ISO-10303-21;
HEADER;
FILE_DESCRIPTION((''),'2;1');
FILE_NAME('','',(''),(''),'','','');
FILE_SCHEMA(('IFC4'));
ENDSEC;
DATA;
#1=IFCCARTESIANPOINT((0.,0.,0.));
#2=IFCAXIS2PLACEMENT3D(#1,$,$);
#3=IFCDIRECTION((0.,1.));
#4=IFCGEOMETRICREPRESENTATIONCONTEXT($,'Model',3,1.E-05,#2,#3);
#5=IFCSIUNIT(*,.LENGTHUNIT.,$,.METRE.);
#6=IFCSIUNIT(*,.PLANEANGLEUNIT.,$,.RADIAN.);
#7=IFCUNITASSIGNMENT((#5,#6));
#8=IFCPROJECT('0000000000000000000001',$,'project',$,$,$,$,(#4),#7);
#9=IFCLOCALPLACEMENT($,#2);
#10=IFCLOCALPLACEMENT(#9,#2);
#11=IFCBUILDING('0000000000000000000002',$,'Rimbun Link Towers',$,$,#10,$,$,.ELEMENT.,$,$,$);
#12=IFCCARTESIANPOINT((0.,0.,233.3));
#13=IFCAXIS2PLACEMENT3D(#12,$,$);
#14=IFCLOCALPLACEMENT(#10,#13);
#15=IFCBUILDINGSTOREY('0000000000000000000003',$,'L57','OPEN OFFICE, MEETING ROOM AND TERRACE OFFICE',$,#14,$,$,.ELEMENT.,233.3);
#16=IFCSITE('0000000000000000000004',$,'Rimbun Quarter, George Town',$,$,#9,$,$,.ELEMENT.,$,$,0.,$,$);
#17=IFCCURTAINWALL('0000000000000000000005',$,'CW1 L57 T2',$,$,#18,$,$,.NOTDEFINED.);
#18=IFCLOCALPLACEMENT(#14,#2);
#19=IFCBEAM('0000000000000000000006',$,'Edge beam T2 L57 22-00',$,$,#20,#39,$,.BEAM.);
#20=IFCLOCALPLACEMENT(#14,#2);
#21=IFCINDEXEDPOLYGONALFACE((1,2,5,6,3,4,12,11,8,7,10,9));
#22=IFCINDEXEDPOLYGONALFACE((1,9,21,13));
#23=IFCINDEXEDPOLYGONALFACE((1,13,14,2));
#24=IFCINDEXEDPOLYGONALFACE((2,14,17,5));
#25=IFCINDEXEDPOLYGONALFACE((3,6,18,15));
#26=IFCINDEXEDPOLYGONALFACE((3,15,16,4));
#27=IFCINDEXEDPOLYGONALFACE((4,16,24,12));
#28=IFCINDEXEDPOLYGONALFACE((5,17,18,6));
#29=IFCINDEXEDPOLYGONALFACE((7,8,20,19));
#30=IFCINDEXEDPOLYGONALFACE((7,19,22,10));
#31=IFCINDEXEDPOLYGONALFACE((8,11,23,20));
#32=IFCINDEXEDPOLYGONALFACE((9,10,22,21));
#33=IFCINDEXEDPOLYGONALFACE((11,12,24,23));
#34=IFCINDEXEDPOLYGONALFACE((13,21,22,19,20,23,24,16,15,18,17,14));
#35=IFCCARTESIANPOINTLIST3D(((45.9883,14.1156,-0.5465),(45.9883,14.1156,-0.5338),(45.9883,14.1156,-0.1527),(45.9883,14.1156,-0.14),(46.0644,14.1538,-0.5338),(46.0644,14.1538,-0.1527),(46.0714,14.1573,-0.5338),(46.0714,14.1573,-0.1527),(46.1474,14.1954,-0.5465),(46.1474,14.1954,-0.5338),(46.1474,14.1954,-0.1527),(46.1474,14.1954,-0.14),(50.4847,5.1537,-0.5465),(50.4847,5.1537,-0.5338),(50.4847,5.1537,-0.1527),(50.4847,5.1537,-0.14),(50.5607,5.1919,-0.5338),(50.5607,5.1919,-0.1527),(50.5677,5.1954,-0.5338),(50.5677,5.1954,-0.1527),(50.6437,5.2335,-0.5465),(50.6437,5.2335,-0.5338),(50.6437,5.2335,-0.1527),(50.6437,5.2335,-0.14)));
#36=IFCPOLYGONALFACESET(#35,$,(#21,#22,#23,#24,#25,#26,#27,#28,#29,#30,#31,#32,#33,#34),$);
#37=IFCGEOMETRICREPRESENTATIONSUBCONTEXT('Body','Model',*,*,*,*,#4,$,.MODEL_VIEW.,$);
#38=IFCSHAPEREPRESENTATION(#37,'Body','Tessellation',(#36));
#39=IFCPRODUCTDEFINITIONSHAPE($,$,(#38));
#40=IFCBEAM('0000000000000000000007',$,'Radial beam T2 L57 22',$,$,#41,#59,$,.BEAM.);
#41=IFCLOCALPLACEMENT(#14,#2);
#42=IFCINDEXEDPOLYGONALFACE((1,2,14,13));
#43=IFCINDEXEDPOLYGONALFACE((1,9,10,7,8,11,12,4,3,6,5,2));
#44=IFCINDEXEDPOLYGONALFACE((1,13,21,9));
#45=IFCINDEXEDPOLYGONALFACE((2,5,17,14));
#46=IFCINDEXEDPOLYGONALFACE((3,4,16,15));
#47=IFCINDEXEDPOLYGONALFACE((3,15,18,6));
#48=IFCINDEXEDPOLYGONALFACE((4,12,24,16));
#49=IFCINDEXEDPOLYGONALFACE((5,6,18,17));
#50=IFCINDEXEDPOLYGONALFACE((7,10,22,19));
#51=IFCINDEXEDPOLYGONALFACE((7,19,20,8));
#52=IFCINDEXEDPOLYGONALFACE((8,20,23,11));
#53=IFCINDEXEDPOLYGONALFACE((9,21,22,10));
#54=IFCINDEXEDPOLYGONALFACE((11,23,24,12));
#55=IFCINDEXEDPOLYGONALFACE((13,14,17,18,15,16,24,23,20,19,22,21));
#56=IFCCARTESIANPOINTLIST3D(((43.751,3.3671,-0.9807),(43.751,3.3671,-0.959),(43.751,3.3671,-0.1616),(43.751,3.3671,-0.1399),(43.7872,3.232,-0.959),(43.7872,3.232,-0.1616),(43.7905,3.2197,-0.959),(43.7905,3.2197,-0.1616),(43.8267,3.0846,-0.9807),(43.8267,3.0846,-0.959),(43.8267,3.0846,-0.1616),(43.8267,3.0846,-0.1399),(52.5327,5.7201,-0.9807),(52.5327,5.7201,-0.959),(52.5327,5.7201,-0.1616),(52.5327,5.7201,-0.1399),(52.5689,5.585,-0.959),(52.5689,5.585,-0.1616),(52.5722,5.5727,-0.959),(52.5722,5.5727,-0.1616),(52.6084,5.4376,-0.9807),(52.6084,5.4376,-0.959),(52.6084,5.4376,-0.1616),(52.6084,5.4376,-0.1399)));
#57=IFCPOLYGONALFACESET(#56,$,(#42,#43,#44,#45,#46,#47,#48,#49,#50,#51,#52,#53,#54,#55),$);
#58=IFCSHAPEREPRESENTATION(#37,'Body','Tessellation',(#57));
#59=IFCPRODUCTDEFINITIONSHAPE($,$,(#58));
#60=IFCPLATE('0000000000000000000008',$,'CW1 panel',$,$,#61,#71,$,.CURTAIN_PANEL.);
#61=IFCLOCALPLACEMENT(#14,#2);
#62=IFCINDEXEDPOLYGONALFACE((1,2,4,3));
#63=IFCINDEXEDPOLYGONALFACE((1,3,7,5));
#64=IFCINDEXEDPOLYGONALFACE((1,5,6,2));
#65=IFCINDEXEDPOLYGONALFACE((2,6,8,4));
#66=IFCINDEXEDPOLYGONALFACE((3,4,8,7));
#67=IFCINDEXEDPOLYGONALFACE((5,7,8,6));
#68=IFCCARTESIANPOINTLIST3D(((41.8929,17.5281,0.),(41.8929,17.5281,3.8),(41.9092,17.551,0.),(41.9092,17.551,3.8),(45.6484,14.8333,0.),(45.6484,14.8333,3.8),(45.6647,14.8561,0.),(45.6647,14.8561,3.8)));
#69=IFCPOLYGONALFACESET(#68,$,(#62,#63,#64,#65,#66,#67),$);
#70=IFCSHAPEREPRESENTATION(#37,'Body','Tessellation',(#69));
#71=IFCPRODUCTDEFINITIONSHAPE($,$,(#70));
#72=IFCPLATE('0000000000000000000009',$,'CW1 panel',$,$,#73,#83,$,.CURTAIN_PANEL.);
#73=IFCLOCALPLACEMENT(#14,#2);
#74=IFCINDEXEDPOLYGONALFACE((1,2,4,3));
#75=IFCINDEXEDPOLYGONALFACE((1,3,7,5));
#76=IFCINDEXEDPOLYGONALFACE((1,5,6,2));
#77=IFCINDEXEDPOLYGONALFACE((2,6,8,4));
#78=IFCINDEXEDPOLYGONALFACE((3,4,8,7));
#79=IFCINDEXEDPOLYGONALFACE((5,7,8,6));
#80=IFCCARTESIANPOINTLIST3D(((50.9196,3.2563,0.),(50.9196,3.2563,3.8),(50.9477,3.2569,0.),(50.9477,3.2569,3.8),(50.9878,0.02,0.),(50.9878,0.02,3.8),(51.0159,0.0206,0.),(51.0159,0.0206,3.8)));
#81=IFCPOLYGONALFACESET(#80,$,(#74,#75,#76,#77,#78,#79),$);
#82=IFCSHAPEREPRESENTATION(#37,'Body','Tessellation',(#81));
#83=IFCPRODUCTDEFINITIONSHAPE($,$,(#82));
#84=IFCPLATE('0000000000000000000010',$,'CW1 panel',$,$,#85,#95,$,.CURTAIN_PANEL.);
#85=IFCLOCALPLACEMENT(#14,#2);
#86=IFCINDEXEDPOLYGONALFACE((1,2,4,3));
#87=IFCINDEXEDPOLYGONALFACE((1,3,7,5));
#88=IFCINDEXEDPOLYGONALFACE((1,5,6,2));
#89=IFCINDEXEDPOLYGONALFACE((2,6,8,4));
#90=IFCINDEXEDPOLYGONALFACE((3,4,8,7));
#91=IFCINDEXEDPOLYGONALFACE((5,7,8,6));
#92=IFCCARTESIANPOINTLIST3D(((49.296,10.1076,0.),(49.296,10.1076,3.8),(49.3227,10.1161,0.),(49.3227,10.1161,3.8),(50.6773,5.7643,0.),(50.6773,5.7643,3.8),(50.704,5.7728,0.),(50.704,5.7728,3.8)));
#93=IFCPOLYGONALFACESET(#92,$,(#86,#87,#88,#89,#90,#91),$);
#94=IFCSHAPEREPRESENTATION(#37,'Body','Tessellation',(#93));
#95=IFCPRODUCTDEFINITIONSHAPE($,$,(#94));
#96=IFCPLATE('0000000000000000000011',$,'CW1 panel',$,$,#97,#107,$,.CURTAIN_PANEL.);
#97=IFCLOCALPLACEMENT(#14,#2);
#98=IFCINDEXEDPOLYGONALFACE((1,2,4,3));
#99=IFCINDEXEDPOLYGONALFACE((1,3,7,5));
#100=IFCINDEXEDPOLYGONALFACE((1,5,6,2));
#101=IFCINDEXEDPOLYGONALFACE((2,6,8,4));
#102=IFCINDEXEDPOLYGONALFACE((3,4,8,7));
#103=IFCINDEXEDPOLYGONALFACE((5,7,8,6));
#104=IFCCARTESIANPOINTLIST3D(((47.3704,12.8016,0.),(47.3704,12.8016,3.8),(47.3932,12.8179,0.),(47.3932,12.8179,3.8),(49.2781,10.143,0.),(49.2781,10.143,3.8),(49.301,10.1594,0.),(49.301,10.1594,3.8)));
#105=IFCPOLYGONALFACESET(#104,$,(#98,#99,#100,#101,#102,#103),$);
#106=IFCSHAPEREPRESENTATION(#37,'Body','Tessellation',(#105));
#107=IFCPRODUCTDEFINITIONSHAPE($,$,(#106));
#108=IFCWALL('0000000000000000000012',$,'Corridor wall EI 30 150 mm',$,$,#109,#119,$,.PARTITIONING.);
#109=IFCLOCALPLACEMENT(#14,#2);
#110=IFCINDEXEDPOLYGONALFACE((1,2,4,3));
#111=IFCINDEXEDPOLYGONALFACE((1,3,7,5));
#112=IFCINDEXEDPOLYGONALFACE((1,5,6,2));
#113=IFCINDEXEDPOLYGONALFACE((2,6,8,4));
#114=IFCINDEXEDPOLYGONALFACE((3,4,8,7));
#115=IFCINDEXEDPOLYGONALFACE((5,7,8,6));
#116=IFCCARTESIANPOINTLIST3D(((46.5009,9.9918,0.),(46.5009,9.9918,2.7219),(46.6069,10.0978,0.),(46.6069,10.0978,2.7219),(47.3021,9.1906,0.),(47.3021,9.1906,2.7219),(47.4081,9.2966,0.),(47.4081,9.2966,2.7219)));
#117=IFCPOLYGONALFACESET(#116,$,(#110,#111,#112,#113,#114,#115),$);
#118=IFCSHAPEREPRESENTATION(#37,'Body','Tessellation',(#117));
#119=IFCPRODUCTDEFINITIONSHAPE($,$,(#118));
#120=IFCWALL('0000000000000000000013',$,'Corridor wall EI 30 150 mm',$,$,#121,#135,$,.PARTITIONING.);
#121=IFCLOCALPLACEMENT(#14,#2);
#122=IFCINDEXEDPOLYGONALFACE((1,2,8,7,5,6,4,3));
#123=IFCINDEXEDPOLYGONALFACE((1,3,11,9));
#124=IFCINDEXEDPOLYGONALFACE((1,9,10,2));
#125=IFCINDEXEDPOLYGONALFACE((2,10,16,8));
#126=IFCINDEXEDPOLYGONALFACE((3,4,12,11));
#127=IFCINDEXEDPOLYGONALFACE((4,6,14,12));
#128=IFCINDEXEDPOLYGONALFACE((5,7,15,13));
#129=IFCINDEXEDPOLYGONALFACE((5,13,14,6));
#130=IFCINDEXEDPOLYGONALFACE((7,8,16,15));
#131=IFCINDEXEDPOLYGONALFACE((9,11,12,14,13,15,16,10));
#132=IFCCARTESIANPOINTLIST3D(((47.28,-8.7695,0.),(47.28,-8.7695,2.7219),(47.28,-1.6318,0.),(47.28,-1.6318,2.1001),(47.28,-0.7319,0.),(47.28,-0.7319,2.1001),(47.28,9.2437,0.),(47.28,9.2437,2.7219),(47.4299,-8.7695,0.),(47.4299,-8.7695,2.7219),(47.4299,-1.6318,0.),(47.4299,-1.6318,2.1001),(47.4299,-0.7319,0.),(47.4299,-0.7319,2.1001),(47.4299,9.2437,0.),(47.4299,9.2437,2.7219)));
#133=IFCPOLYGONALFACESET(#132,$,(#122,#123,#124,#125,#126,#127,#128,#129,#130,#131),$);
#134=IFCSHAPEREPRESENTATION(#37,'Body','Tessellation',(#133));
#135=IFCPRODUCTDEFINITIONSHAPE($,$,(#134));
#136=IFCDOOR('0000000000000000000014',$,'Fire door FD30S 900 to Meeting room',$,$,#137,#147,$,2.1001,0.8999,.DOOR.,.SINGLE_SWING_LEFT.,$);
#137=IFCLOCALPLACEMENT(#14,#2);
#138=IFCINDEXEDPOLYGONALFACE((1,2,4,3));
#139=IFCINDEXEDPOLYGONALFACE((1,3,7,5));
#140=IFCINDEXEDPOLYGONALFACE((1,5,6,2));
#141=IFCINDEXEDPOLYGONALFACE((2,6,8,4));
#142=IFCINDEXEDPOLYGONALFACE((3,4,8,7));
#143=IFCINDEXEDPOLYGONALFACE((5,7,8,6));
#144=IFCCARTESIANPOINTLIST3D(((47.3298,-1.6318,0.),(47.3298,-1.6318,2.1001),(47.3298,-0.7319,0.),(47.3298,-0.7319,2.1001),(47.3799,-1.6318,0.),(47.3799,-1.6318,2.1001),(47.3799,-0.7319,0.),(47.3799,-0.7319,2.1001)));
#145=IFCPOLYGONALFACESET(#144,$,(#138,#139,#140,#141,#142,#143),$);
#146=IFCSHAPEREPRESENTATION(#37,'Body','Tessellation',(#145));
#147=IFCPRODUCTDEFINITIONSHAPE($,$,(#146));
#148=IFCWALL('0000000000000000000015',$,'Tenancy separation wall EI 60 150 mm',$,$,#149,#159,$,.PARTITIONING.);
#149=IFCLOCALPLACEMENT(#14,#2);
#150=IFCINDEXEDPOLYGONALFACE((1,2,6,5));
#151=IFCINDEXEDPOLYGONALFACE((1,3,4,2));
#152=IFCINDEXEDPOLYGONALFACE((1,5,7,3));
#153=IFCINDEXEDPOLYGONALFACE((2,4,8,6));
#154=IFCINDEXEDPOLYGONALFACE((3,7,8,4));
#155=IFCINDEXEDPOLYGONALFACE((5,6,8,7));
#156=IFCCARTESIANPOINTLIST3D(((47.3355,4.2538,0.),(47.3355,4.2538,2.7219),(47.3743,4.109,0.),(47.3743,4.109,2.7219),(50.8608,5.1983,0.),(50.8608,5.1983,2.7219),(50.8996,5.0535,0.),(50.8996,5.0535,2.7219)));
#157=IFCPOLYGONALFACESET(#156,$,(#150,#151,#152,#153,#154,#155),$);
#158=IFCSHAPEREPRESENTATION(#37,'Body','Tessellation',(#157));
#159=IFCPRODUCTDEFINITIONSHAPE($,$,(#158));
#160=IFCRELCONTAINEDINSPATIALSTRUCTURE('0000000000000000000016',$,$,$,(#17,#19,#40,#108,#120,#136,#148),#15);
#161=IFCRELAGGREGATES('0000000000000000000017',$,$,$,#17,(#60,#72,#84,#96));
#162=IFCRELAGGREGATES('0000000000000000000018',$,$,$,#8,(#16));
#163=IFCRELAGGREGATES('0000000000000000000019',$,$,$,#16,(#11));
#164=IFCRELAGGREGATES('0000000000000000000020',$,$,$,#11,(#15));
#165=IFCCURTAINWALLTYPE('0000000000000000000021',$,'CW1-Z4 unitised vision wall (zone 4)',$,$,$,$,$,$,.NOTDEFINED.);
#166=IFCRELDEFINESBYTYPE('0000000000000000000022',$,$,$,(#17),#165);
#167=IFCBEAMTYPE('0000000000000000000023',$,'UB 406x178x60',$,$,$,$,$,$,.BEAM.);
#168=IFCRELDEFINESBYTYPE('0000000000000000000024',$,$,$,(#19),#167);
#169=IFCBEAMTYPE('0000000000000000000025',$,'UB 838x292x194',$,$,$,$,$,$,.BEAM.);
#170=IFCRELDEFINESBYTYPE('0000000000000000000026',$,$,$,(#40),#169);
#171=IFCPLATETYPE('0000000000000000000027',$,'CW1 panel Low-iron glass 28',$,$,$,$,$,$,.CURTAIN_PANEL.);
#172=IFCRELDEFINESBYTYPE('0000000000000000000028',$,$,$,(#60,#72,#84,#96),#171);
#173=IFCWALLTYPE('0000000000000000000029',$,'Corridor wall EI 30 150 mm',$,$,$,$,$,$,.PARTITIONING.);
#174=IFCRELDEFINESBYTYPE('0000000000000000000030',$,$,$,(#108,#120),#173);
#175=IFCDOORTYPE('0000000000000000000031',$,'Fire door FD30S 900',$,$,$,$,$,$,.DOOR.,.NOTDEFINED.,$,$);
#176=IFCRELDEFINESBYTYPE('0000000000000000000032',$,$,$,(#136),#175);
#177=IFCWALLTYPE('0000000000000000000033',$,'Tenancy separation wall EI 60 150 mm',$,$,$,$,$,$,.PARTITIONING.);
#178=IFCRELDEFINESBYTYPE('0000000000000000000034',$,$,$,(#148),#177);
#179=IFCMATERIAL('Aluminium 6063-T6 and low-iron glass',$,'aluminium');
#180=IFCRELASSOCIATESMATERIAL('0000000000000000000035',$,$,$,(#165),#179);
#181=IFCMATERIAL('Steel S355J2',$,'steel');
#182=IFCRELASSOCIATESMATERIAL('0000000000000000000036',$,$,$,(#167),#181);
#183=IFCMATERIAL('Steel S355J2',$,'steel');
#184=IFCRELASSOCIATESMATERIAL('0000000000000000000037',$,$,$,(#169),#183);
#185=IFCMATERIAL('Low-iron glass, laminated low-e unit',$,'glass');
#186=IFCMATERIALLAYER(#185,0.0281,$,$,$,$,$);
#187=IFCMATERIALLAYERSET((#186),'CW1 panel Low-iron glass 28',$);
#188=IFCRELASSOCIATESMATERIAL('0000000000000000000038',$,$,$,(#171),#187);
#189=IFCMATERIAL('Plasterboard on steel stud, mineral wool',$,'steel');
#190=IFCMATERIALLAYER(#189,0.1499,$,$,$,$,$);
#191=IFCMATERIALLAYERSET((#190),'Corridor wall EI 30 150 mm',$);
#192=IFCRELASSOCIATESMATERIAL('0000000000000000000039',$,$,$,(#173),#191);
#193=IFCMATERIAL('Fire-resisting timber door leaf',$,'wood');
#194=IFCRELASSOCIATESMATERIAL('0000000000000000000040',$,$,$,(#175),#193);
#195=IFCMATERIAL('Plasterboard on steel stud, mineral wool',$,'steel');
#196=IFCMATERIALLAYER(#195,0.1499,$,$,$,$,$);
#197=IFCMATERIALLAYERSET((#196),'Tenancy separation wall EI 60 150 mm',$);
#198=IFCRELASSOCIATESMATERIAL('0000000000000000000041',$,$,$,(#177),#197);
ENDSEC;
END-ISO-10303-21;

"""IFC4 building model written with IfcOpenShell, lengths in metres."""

from ifc_helpers import new_model, si_unit, direction, frame, frame_2d, origin, origin_2d, place, context, subcontext, project, spatial, rectangle, i_section, extrude, material, layer, layer_set, material_profile, profile_set, type_object, element, fill, aggregate, save


model = new_model("IFC4")

# Units and contexts
model_context = context("Model", 3, precision=1e-05, world=origin(), true_north=direction((0.0, 1.0)))
body_context = subcontext(model_context, "Body", "Model", "MODEL_VIEW")
ifc_project = project(units=[si_unit("LENGTHUNIT", "METRE"), si_unit("PLANEANGLEUNIT", "RADIAN")], contexts=[model_context])

# Site, building, storey
site_placement = place(None, origin())
site = spatial("IfcSite", under=ifc_project, at=site_placement, Name="Rimbun Quarter, George Town", CompositionType="ELEMENT", RefElevation=0.0)
building_placement = place(site_placement, origin())
building = spatial("IfcBuilding", under=site, at=building_placement, Name="Rimbun Link Towers", CompositionType="ELEMENT")
storey_placement = place(building_placement, frame((0.0, 0.0, 233.3)))
storey = spatial("IfcBuildingStorey", under=building, at=storey_placement, Name="L57", Description="OPEN OFFICE, MEETING ROOM AND TERRACE OFFICE", CompositionType="ELEMENT", Elevation=233.3)

# Curtain wall
ifc_material_1 = material(Name="Aluminium 6063-T6 and low-iron glass", Category="aluminium")
curtain_wall_type = type_object("IfcCurtainWallType", Name="CW1-Z4 unitised vision wall (zone 4)", PredefinedType="NOTDEFINED", material=ifc_material_1)
curtain_wall_placement = place(storey_placement, origin())
curtain_wall = element("IfcCurtainWall", 1, at=curtain_wall_placement, inside=storey, type_object=curtain_wall_type, Name="CW1 L57 T2", PredefinedType="NOTDEFINED")

# Beams
ifc_material_2 = material(Name="Steel S355J2", Category="steel")
ifc_material_profile_1 = material_profile(ifc_material_2, i_section(OverallWidth=0.178, OverallDepth=0.4065, WebThickness=0.0078, FlangeThickness=0.0127, at=origin_2d()), Name="UB 406x178x60")
ifc_profile_set_1 = profile_set([ifc_material_profile_1], Name="Steel S355J2")
beam_type_1 = type_object("IfcBeamType", Name="UB 406x178x60", PredefinedType="BEAM", material=ifc_profile_set_1)
beam_1_placement = place(storey_placement, frame((50.5642, 5.1936, -0.3433), z_axis=(-0.44844, 0.893813, 0.0), x_axis=(-0.893813, -0.44844, 0.0)))
element("IfcBeam", 2, at=beam_1_placement, inside=storey, type_object=beam_type_1, Name="Edge beam T2 L57 22-00", PredefinedType="BEAM", context=body_context, shape_type="SweptSolid", body=[
    extrude(i_section(OverallWidth=0.178, OverallDepth=0.4065, WebThickness=0.0078, FlangeThickness=0.0127, at=origin_2d()), origin(), (0.0, 0.0, 1.0), 10.0266),
])
ifc_material_3 = material(Name="Steel S355J2", Category="steel")
ifc_material_profile_2 = material_profile(ifc_material_3, i_section(OverallWidth=0.2925, OverallDepth=0.8408, WebThickness=0.0127, FlangeThickness=0.0217, at=origin_2d()), Name="UB 838x292x194")
ifc_profile_set_2 = profile_set([ifc_material_profile_2], Name="Steel S355J2")
beam_type_2 = type_object("IfcBeamType", Name="UB 838x292x194", PredefinedType="BEAM", material=ifc_profile_set_2)
beam_2_placement = place(storey_placement, frame((43.7888, 3.2258, -0.5603), z_axis=(0.965927, 0.258816, 0.0), x_axis=(-0.258816, 0.965927, 0.0)))
element("IfcBeam", 3, at=beam_2_placement, inside=storey, type_object=beam_type_2, Name="Radial beam T2 L57 22", PredefinedType="BEAM", context=body_context, shape_type="SweptSolid", body=[
    extrude(i_section(OverallWidth=0.2925, OverallDepth=0.8408, WebThickness=0.0127, FlangeThickness=0.0217, at=origin_2d()), origin(), (0.0, 0.0, 1.0), 9.0916),
])

# Plates
ifc_material_4 = material(Name="Low-iron glass, laminated low-e unit", Category="glass")
ifc_layer_1 = layer(ifc_material_4, 0.0281)
ifc_layer_set_1 = layer_set([ifc_layer_1], Name="CW1 panel Low-iron glass 28")
plate_type = type_object("IfcPlateType", Name="CW1 panel Low-iron glass 28", PredefinedType="CURTAIN_PANEL", material=ifc_layer_set_1)
plate_1_placement = place(storey_placement, frame((43.7788, 16.1921, 0.0), z_axis=(0.0, 0.0, 1.0), x_axis=(0.81247, -0.583003, 0.0)))
plate_1 = element("IfcPlate", 4, at=plate_1_placement, type_object=plate_type, Name="CW1 panel", PredefinedType="CURTAIN_PANEL", context=body_context, shape_type="SweptSolid", body=[
    extrude(rectangle(XDim=4.6223, YDim=0.0281, at=origin_2d()), origin(), (0.0, 0.0, 1.0), 3.8),
])
plate_2_placement = place(storey_placement, frame((50.9678, 1.6384, 0.0), z_axis=(0.0, 0.0, 1.0), x_axis=(0.021065, -0.999778, 0.0)))
plate_2 = element("IfcPlate", 5, at=plate_2_placement, type_object=plate_type, Name="CW1 panel", PredefinedType="CURTAIN_PANEL", context=body_context, shape_type="SweptSolid", body=[
    extrude(rectangle(XDim=3.2371, YDim=0.0281, at=origin_2d()), origin(), (0.0, 0.0, 1.0), 3.8),
])
plate_3_placement = place(storey_placement, frame((50.0, 7.9402, 0.0), z_axis=(0.0, 0.0, 1.0), x_axis=(0.303072, -0.952968, 0.0)))
plate_3 = element("IfcPlate", 6, at=plate_3_placement, type_object=plate_type, Name="CW1 panel", PredefinedType="CURTAIN_PANEL", context=body_context, shape_type="SweptSolid", body=[
    extrude(rectangle(XDim=4.5576, YDim=0.0281, at=origin_2d()), origin(), (0.0, 0.0, 1.0), 3.8),
])
plate_4_placement = place(storey_placement, frame((48.3357, 11.4805, 0.0), z_axis=(0.0, 0.0, 1.0), x_axis=(0.583003, -0.81247, 0.0)))
plate_4 = element("IfcPlate", 7, at=plate_4_placement, type_object=plate_type, Name="CW1 panel", PredefinedType="CURTAIN_PANEL", context=body_context, shape_type="SweptSolid", body=[
    extrude(rectangle(XDim=3.2722, YDim=0.0281, at=origin_2d()), origin(), (0.0, 0.0, 1.0), 3.8),
])
aggregate(curtain_wall, [plate_1, plate_2, plate_3, plate_4])

# Wall
ifc_material_5 = material(Name="Plasterboard on steel stud, mineral wool", Category="steel")
ifc_layer_2 = layer(ifc_material_5, 0.1499)
ifc_layer_set_2 = layer_set([ifc_layer_2], Name="Corridor wall EI 30 150 mm")
wall_type_1 = type_object("IfcWallType", Name="Corridor wall EI 30 150 mm", PredefinedType="PARTITIONING", material=ifc_layer_set_2)
wall_1_placement = place(storey_placement, frame((47.355, 9.2437, 0.0), z_axis=(0.0, 0.0, 1.0), x_axis=(-0.707107, 0.707107, 0.0)))
element("IfcWall", 8, at=wall_1_placement, inside=storey, type_object=wall_type_1, Name="Corridor wall EI 30 150 mm", PredefinedType="PARTITIONING", context=body_context, shape_type="SweptSolid", body=[
    extrude(rectangle(XDim=1.1331, YDim=0.1499, at=frame_2d((0.5664, 0.0))), origin(), (0.0, 0.0, 1.0), 2.7219),
])

# Wall, opening, door
wall_2_placement = place(storey_placement, frame((47.355, 9.2437, 0.0), z_axis=(0.0, 0.0, 1.0), x_axis=(0.0, -1.0, 0.0)))
wall_2 = element("IfcWall", 9, at=wall_2_placement, inside=storey, type_object=wall_type_1, Name="Corridor wall EI 30 150 mm", PredefinedType="PARTITIONING", context=body_context, shape_type="SweptSolid", body=[
    extrude(rectangle(XDim=18.0132, YDim=0.1499, at=frame_2d((9.0066, 0.0))), origin(), (0.0, 0.0, 1.0), 2.7219),
])
opening_placement = place(wall_2_placement, frame((9.9756, 0.0, 0.0)))
opening = element("IfcOpeningElement", 10, at=opening_placement, cuts=wall_2, PredefinedType="OPENING", context=body_context, shape_type="SweptSolid", body=[
    extrude(rectangle(XDim=0.8999, YDim=2.1001, at=frame_2d((0.45, 1.05))), frame((0.0, 0.085, 0.0), z_axis=(0.0, -1.0, 0.0), x_axis=(1.0, 0.0, 0.0)), (0.0, 0.0, 1.0), 0.1699),
])
ifc_material_6 = material(Name="Fire-resisting timber door leaf", Category="wood")
door_type = type_object("IfcDoorType", Name="Fire door FD30S 900", OperationType="NOTDEFINED", PredefinedType="DOOR", material=ifc_material_6)
door_placement = place(opening_placement, origin())
door = element("IfcDoor", 11, at=door_placement, inside=storey, type_object=door_type, Name="Fire door FD30S 900 to Meeting room", OperationType="SINGLE_SWING_LEFT", OverallHeight=2.1001, OverallWidth=0.8999, PredefinedType="DOOR", context=body_context, shape_type="SweptSolid", body=[
    extrude(rectangle(XDim=0.8999, YDim=2.1001, at=frame_2d((0.45, 1.05))), frame((0.0, 0.0249, 0.0), z_axis=(0.0, -1.0, 0.0), x_axis=(1.0, 0.0, 0.0)), (0.0, 0.0, 1.0), 0.05),
])
fill(opening, door)

# Wall
ifc_material_7 = material(Name="Plasterboard on steel stud, mineral wool", Category="steel")
ifc_layer_3 = layer(ifc_material_7, 0.1499)
ifc_layer_set_3 = layer_set([ifc_layer_3], Name="Tenancy separation wall EI 60 150 mm")
wall_type_2 = type_object("IfcWallType", Name="Tenancy separation wall EI 60 150 mm", PredefinedType="PARTITIONING", material=ifc_layer_set_3)
wall_3_placement = place(storey_placement, frame((47.355, 4.1814, 0.0), z_axis=(0.0, 0.0, 1.0), x_axis=(0.965929, 0.258807, 0.0)))
element("IfcWall", 12, at=wall_3_placement, inside=storey, type_object=wall_type_2, Name="Tenancy separation wall EI 60 150 mm", PredefinedType="PARTITIONING", context=body_context, shape_type="SweptSolid", body=[
    extrude(rectangle(XDim=3.6497, YDim=0.1499, at=frame_2d((1.8247, 0.0))), origin(), (0.0, 0.0, 1.0), 2.7219),
])

save(model, "model.ifc")
